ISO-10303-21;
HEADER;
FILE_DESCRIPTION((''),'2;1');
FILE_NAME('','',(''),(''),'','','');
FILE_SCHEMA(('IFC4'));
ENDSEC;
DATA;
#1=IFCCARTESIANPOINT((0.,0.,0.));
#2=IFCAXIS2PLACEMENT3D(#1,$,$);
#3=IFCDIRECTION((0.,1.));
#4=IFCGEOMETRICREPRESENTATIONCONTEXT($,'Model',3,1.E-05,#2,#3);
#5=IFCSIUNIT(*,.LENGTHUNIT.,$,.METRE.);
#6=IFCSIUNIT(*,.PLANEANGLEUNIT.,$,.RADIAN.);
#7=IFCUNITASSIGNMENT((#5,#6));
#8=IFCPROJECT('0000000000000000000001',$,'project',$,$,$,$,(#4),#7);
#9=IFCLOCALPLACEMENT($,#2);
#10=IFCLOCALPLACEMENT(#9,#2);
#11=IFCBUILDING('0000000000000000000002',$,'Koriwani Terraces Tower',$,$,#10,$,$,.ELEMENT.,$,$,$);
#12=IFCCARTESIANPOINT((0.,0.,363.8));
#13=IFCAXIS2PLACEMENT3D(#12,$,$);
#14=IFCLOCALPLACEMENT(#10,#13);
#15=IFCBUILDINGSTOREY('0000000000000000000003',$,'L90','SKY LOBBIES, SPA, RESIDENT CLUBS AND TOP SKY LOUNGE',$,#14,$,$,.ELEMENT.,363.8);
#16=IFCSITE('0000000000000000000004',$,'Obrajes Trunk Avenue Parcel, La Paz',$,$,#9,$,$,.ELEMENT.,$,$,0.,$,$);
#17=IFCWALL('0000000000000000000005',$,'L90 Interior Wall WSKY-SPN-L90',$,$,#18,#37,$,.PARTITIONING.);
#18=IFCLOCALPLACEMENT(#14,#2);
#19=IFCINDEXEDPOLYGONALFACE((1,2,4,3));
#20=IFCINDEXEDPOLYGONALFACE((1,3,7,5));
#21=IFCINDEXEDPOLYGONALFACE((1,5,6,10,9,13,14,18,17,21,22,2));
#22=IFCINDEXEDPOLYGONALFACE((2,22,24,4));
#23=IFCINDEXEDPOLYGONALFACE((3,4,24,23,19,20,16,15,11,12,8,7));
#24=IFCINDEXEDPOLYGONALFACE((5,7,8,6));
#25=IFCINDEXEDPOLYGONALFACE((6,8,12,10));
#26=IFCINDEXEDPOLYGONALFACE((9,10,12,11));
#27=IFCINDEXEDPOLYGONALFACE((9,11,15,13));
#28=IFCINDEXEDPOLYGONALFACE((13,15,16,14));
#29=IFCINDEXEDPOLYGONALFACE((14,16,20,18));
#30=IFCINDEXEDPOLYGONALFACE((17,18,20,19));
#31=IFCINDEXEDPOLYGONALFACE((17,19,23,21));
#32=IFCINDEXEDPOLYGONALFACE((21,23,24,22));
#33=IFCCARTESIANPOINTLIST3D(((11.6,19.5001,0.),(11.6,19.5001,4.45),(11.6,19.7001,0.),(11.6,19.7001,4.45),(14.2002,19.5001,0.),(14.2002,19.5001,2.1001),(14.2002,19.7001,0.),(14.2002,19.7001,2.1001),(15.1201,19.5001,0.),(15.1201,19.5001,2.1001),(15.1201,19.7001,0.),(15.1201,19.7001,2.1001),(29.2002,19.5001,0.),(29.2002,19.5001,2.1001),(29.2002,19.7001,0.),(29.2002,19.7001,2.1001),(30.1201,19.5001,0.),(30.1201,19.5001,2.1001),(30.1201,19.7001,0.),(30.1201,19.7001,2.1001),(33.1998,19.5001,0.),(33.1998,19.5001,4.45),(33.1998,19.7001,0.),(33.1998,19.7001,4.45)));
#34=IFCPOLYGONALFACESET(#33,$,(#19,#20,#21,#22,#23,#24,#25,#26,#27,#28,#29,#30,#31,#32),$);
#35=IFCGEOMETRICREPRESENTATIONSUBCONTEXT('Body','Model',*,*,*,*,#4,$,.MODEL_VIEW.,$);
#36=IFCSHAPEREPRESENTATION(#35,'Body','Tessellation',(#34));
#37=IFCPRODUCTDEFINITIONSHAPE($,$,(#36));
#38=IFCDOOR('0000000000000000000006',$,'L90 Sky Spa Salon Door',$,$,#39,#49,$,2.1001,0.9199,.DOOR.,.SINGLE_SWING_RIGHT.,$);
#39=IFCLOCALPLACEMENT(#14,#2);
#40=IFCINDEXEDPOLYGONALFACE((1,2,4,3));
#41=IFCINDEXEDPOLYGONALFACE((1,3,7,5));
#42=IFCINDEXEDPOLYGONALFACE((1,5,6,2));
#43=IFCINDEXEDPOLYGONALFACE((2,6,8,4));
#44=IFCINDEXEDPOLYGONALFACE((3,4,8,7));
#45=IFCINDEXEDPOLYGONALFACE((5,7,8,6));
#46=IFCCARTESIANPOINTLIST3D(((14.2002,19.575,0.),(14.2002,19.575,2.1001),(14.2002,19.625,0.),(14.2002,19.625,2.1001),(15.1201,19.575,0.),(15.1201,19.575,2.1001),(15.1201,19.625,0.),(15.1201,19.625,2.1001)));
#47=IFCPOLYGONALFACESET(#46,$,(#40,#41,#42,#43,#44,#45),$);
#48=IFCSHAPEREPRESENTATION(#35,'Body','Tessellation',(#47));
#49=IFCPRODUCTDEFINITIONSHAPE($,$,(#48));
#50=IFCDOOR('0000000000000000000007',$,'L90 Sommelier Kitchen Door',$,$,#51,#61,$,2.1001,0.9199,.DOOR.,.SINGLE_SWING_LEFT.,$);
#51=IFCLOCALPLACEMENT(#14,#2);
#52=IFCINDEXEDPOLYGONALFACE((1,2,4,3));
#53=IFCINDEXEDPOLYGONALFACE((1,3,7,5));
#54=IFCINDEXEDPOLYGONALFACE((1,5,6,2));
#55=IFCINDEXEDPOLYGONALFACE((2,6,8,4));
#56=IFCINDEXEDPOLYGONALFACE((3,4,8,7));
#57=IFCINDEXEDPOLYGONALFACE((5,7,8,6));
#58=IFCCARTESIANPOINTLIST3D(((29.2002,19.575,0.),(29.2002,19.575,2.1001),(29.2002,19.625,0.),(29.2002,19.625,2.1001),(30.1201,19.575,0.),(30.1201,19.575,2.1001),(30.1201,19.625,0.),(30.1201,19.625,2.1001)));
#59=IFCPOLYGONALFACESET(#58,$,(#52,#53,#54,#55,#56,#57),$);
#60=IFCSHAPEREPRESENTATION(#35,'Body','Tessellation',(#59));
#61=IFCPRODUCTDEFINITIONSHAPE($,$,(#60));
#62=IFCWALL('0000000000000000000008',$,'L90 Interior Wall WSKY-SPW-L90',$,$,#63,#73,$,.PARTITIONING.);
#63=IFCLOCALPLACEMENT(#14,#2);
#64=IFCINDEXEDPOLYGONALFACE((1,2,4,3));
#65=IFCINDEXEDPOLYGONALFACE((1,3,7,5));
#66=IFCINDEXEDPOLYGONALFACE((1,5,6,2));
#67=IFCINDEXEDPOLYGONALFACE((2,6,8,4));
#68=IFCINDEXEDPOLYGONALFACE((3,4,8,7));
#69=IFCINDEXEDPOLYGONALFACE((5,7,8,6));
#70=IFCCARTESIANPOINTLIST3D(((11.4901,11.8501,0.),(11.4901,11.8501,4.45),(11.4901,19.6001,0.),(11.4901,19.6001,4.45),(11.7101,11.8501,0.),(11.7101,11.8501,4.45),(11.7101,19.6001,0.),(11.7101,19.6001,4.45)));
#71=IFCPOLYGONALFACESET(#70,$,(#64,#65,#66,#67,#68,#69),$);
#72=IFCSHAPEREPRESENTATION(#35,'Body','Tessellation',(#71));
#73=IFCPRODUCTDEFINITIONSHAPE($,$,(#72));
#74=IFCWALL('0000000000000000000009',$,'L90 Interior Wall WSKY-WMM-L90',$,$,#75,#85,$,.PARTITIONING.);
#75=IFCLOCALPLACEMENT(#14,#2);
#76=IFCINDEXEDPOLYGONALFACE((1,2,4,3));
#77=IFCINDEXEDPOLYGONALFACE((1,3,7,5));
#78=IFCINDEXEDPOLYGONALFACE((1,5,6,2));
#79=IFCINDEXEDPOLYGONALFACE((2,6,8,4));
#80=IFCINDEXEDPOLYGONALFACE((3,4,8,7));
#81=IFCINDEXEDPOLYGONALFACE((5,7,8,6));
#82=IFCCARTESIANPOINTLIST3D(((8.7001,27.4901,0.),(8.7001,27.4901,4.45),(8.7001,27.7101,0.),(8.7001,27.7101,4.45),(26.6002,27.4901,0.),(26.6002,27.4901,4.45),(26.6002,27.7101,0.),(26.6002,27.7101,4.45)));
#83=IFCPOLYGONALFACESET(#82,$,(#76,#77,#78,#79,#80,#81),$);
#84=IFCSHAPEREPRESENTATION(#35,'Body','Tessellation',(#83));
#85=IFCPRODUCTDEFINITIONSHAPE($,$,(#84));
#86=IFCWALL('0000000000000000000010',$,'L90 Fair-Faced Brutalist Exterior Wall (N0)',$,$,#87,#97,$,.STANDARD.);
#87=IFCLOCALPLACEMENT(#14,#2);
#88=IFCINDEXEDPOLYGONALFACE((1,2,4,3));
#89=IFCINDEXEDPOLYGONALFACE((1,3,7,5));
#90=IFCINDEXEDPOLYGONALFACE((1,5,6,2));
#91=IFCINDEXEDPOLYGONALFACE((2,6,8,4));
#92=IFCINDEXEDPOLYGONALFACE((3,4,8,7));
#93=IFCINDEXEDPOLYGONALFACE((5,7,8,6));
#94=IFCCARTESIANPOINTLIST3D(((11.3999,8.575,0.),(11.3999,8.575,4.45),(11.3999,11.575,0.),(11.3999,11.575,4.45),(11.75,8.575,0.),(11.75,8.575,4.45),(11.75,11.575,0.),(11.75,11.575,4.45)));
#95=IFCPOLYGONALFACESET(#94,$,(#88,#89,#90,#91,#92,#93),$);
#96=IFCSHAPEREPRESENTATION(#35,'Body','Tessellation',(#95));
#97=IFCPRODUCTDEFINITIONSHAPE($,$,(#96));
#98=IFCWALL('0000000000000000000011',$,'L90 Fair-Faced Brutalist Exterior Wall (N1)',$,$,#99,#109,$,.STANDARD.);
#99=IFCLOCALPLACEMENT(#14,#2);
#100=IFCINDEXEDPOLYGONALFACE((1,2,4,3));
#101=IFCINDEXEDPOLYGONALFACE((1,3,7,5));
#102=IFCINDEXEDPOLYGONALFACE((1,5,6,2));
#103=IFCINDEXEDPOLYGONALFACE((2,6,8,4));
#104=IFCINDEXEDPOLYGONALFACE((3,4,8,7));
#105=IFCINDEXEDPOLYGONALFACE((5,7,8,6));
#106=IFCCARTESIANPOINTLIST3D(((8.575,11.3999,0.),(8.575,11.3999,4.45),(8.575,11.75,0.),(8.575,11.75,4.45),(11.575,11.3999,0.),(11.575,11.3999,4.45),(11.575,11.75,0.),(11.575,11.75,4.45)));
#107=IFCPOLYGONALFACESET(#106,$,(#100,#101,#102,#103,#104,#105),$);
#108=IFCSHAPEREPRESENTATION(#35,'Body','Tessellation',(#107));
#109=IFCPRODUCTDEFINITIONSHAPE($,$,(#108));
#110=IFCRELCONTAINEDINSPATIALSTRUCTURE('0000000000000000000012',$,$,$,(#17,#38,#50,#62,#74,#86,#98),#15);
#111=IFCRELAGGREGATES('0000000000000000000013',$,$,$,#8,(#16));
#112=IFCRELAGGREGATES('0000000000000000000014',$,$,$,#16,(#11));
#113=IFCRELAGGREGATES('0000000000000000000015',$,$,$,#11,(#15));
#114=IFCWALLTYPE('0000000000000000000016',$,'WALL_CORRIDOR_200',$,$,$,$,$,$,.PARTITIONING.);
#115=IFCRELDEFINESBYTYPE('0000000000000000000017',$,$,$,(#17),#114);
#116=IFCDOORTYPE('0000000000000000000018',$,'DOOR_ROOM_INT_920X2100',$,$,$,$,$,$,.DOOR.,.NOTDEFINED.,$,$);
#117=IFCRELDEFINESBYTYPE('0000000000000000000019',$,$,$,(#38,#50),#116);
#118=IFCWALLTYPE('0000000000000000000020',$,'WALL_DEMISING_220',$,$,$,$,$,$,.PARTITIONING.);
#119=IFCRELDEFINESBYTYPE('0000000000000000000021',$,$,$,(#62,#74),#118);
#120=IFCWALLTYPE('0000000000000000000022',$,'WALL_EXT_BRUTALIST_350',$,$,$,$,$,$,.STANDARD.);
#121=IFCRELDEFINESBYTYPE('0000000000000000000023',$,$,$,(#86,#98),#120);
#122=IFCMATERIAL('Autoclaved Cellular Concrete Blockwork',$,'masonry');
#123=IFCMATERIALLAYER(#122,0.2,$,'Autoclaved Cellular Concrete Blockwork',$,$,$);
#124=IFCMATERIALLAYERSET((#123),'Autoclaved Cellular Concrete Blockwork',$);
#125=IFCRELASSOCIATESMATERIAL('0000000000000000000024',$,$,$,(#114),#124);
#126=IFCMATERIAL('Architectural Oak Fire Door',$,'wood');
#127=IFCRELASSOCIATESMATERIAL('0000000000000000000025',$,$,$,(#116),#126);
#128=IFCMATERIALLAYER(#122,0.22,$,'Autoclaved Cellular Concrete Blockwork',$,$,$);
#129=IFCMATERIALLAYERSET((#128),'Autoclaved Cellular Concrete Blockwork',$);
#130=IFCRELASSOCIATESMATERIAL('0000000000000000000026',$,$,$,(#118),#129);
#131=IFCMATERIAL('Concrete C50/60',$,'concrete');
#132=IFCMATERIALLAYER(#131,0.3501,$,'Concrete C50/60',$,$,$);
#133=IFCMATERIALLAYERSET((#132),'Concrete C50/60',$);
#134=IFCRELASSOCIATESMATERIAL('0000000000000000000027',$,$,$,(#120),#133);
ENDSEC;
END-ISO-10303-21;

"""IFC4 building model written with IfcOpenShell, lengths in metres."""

from ifc_helpers import new_model, si_unit, direction, frame, frame_2d, origin, place, context, subcontext, project, spatial, rectangle, extrude, material, layer, layer_set, type_object, element, fill, save


model = new_model("IFC4")

# Units and contexts
model_context = context("Model", 3, precision=1e-05, world=origin(), true_north=direction((0.0, 1.0)))
body_context = subcontext(model_context, "Body", "Model", "MODEL_VIEW")
ifc_project = project(units=[si_unit("LENGTHUNIT", "METRE"), si_unit("PLANEANGLEUNIT", "RADIAN")], contexts=[model_context])

# Site, building, storey
site_placement = place(None, origin())
site = spatial("IfcSite", under=ifc_project, at=site_placement, Name="Obrajes Trunk Avenue Parcel, La Paz", CompositionType="ELEMENT", RefElevation=0.0)
building_placement = place(site_placement, origin())
building = spatial("IfcBuilding", under=site, at=building_placement, Name="Koriwani Terraces Tower", CompositionType="ELEMENT")
storey_placement = place(building_placement, frame((0.0, 0.0, 363.8)))
storey = spatial("IfcBuildingStorey", under=building, at=storey_placement, Name="L90", Description="SKY LOBBIES, SPA, RESIDENT CLUBS AND TOP SKY LOUNGE", CompositionType="ELEMENT", Elevation=363.8)

# Shared definitions
ifc_material_1 = material(Name="Concrete C50/60", Category="concrete")

# Wall, openings, doors
ifc_material_2 = material(Name="Autoclaved Cellular Concrete Blockwork", Category="masonry")
ifc_layer_1 = layer(ifc_material_2, 0.2, Name="Autoclaved Cellular Concrete Blockwork")
ifc_layer_set_1 = layer_set([ifc_layer_1], Name="Autoclaved Cellular Concrete Blockwork")
wall_type_1 = type_object("IfcWallType", Name="WALL_CORRIDOR_200", PredefinedType="PARTITIONING", material=ifc_layer_set_1)
wall_1_placement = place(storey_placement, frame((11.6001, 19.6001, 0.0), z_axis=(0.0, 0.0, 1.0), x_axis=(1.0, 0.0, 0.0)))
wall_1 = element("IfcWall", 1, at=wall_1_placement, inside=storey, type_object=wall_type_1, Name="L90 Interior Wall WSKY-SPN-L90", PredefinedType="PARTITIONING", context=body_context, shape_type="SweptSolid", body=[
    extrude(rectangle(XDim=21.5999, YDim=0.2, at=frame_2d((10.7998, 0.0))), origin(), (0.0, 0.0, 1.0), 4.45),
])
opening_1_placement = place(wall_1_placement, frame((2.6001, 0.0, 0.0)))
opening_1 = element("IfcOpeningElement", 2, at=opening_1_placement, cuts=wall_1, PredefinedType="OPENING", context=body_context, shape_type="SweptSolid", body=[
    extrude(rectangle(XDim=0.9199, YDim=2.1001, at=frame_2d((0.46, 1.05))), frame((0.0, 0.1099, 0.0), z_axis=(0.0, -1.0, 0.0), x_axis=(1.0, 0.0, 0.0)), (0.0, 0.0, 1.0), 0.22),
])
opening_2_placement = place(wall_1_placement, frame((17.6001, 0.0, 0.0)))
opening_2 = element("IfcOpeningElement", 3, at=opening_2_placement, cuts=wall_1, PredefinedType="OPENING", context=body_context, shape_type="SweptSolid", body=[
    extrude(rectangle(XDim=0.9199, YDim=2.1001, at=frame_2d((0.46, 1.05))), frame((0.0, 0.1099, 0.0), z_axis=(0.0, -1.0, 0.0), x_axis=(1.0, 0.0, 0.0)), (0.0, 0.0, 1.0), 0.22),
])
ifc_material_3 = material(Name="Architectural Oak Fire Door", Category="wood")
door_type = type_object("IfcDoorType", Name="DOOR_ROOM_INT_920X2100", OperationType="NOTDEFINED", PredefinedType="DOOR", material=ifc_material_3)
door_1_placement = place(opening_1_placement, origin())
door_1 = element("IfcDoor", 4, at=door_1_placement, inside=storey, type_object=door_type, Name="L90 Sky Spa Salon Door", OperationType="SINGLE_SWING_RIGHT", OverallHeight=2.1001, OverallWidth=0.9199, PredefinedType="DOOR", context=body_context, shape_type="SweptSolid", body=[
    extrude(rectangle(XDim=0.9199, YDim=2.1001, at=frame_2d((0.46, 1.05))), frame((0.0, 0.0249, 0.0), z_axis=(0.0, -1.0, 0.0), x_axis=(1.0, 0.0, 0.0)), (0.0, 0.0, 1.0), 0.05),
])
fill(opening_1, door_1)
door_2_placement = place(opening_2_placement, origin())
door_2 = element("IfcDoor", 5, at=door_2_placement, inside=storey, type_object=door_type, Name="L90 Sommelier Kitchen Door", OperationType="SINGLE_SWING_LEFT", OverallHeight=2.1001, OverallWidth=0.9199, PredefinedType="DOOR", context=body_context, shape_type="SweptSolid", body=[
    extrude(rectangle(XDim=0.9199, YDim=2.1001, at=frame_2d((0.46, 1.05))), frame((0.0, 0.0249, 0.0), z_axis=(0.0, -1.0, 0.0), x_axis=(1.0, 0.0, 0.0)), (0.0, 0.0, 1.0), 0.05),
])
fill(opening_2, door_2)

# Walls
ifc_layer_2 = layer(ifc_material_2, 0.22, Name="Autoclaved Cellular Concrete Blockwork")
ifc_layer_set_2 = layer_set([ifc_layer_2], Name="Autoclaved Cellular Concrete Blockwork")
wall_type_2 = type_object("IfcWallType", Name="WALL_DEMISING_220", PredefinedType="PARTITIONING", material=ifc_layer_set_2)
wall_2_placement = place(storey_placement, frame((11.6001, 11.8501, 0.0), z_axis=(0.0, 0.0, 1.0), x_axis=(0.0, 1.0, 0.0)))
element("IfcWall", 6, at=wall_2_placement, inside=storey, type_object=wall_type_2, Name="L90 Interior Wall WSKY-SPW-L90", PredefinedType="PARTITIONING", context=body_context, shape_type="SweptSolid", body=[
    extrude(rectangle(XDim=7.75, YDim=0.22, at=frame_2d((3.875, 0.0))), origin(), (0.0, 0.0, 1.0), 4.45),
])
wall_3_placement = place(storey_placement, frame((8.7, 27.6001, 0.0), z_axis=(0.0, 0.0, 1.0), x_axis=(1.0, 0.0, 0.0)))
element("IfcWall", 7, at=wall_3_placement, inside=storey, type_object=wall_type_2, Name="L90 Interior Wall WSKY-WMM-L90", PredefinedType="PARTITIONING", context=body_context, shape_type="SweptSolid", body=[
    extrude(rectangle(XDim=17.9001, YDim=0.22, at=frame_2d((8.9502, 0.0))), origin(), (0.0, 0.0, 1.0), 4.45),
])
ifc_layer_3 = layer(ifc_material_1, 0.3501, Name="Concrete C50/60")
ifc_layer_set_3 = layer_set([ifc_layer_3], Name="Concrete C50/60")
wall_type_3 = type_object("IfcWallType", Name="WALL_EXT_BRUTALIST_350", PredefinedType="STANDARD", material=ifc_layer_set_3)
for number, where, z_axis, x_axis, name in (
    (8, (11.575, 8.575, 0.0), (0.0, 0.0, 1.0), (0.0, 1.0, 0.0), "L90 Fair-Faced Brutalist Exterior Wall (N0)"),
    (9, (11.575, 11.575, 0.0), (0.0, 0.0, 1.0), (-1.0, 0.0, 0.0), "L90 Fair-Faced Brutalist Exterior Wall (N1)"),
):
    element("IfcWall", number, at=place(storey_placement, frame(where, z_axis=z_axis, x_axis=x_axis)), inside=storey, type_object=wall_type_3, Name=name, PredefinedType="STANDARD", context=body_context, shape_type="SweptSolid", body=[
        extrude(rectangle(XDim=3.0, YDim=0.3501, at=frame_2d((1.5, 0.0))), origin(), (0.0, 0.0, 1.0), 4.45),
    ])

save(model, "model.ifc")
